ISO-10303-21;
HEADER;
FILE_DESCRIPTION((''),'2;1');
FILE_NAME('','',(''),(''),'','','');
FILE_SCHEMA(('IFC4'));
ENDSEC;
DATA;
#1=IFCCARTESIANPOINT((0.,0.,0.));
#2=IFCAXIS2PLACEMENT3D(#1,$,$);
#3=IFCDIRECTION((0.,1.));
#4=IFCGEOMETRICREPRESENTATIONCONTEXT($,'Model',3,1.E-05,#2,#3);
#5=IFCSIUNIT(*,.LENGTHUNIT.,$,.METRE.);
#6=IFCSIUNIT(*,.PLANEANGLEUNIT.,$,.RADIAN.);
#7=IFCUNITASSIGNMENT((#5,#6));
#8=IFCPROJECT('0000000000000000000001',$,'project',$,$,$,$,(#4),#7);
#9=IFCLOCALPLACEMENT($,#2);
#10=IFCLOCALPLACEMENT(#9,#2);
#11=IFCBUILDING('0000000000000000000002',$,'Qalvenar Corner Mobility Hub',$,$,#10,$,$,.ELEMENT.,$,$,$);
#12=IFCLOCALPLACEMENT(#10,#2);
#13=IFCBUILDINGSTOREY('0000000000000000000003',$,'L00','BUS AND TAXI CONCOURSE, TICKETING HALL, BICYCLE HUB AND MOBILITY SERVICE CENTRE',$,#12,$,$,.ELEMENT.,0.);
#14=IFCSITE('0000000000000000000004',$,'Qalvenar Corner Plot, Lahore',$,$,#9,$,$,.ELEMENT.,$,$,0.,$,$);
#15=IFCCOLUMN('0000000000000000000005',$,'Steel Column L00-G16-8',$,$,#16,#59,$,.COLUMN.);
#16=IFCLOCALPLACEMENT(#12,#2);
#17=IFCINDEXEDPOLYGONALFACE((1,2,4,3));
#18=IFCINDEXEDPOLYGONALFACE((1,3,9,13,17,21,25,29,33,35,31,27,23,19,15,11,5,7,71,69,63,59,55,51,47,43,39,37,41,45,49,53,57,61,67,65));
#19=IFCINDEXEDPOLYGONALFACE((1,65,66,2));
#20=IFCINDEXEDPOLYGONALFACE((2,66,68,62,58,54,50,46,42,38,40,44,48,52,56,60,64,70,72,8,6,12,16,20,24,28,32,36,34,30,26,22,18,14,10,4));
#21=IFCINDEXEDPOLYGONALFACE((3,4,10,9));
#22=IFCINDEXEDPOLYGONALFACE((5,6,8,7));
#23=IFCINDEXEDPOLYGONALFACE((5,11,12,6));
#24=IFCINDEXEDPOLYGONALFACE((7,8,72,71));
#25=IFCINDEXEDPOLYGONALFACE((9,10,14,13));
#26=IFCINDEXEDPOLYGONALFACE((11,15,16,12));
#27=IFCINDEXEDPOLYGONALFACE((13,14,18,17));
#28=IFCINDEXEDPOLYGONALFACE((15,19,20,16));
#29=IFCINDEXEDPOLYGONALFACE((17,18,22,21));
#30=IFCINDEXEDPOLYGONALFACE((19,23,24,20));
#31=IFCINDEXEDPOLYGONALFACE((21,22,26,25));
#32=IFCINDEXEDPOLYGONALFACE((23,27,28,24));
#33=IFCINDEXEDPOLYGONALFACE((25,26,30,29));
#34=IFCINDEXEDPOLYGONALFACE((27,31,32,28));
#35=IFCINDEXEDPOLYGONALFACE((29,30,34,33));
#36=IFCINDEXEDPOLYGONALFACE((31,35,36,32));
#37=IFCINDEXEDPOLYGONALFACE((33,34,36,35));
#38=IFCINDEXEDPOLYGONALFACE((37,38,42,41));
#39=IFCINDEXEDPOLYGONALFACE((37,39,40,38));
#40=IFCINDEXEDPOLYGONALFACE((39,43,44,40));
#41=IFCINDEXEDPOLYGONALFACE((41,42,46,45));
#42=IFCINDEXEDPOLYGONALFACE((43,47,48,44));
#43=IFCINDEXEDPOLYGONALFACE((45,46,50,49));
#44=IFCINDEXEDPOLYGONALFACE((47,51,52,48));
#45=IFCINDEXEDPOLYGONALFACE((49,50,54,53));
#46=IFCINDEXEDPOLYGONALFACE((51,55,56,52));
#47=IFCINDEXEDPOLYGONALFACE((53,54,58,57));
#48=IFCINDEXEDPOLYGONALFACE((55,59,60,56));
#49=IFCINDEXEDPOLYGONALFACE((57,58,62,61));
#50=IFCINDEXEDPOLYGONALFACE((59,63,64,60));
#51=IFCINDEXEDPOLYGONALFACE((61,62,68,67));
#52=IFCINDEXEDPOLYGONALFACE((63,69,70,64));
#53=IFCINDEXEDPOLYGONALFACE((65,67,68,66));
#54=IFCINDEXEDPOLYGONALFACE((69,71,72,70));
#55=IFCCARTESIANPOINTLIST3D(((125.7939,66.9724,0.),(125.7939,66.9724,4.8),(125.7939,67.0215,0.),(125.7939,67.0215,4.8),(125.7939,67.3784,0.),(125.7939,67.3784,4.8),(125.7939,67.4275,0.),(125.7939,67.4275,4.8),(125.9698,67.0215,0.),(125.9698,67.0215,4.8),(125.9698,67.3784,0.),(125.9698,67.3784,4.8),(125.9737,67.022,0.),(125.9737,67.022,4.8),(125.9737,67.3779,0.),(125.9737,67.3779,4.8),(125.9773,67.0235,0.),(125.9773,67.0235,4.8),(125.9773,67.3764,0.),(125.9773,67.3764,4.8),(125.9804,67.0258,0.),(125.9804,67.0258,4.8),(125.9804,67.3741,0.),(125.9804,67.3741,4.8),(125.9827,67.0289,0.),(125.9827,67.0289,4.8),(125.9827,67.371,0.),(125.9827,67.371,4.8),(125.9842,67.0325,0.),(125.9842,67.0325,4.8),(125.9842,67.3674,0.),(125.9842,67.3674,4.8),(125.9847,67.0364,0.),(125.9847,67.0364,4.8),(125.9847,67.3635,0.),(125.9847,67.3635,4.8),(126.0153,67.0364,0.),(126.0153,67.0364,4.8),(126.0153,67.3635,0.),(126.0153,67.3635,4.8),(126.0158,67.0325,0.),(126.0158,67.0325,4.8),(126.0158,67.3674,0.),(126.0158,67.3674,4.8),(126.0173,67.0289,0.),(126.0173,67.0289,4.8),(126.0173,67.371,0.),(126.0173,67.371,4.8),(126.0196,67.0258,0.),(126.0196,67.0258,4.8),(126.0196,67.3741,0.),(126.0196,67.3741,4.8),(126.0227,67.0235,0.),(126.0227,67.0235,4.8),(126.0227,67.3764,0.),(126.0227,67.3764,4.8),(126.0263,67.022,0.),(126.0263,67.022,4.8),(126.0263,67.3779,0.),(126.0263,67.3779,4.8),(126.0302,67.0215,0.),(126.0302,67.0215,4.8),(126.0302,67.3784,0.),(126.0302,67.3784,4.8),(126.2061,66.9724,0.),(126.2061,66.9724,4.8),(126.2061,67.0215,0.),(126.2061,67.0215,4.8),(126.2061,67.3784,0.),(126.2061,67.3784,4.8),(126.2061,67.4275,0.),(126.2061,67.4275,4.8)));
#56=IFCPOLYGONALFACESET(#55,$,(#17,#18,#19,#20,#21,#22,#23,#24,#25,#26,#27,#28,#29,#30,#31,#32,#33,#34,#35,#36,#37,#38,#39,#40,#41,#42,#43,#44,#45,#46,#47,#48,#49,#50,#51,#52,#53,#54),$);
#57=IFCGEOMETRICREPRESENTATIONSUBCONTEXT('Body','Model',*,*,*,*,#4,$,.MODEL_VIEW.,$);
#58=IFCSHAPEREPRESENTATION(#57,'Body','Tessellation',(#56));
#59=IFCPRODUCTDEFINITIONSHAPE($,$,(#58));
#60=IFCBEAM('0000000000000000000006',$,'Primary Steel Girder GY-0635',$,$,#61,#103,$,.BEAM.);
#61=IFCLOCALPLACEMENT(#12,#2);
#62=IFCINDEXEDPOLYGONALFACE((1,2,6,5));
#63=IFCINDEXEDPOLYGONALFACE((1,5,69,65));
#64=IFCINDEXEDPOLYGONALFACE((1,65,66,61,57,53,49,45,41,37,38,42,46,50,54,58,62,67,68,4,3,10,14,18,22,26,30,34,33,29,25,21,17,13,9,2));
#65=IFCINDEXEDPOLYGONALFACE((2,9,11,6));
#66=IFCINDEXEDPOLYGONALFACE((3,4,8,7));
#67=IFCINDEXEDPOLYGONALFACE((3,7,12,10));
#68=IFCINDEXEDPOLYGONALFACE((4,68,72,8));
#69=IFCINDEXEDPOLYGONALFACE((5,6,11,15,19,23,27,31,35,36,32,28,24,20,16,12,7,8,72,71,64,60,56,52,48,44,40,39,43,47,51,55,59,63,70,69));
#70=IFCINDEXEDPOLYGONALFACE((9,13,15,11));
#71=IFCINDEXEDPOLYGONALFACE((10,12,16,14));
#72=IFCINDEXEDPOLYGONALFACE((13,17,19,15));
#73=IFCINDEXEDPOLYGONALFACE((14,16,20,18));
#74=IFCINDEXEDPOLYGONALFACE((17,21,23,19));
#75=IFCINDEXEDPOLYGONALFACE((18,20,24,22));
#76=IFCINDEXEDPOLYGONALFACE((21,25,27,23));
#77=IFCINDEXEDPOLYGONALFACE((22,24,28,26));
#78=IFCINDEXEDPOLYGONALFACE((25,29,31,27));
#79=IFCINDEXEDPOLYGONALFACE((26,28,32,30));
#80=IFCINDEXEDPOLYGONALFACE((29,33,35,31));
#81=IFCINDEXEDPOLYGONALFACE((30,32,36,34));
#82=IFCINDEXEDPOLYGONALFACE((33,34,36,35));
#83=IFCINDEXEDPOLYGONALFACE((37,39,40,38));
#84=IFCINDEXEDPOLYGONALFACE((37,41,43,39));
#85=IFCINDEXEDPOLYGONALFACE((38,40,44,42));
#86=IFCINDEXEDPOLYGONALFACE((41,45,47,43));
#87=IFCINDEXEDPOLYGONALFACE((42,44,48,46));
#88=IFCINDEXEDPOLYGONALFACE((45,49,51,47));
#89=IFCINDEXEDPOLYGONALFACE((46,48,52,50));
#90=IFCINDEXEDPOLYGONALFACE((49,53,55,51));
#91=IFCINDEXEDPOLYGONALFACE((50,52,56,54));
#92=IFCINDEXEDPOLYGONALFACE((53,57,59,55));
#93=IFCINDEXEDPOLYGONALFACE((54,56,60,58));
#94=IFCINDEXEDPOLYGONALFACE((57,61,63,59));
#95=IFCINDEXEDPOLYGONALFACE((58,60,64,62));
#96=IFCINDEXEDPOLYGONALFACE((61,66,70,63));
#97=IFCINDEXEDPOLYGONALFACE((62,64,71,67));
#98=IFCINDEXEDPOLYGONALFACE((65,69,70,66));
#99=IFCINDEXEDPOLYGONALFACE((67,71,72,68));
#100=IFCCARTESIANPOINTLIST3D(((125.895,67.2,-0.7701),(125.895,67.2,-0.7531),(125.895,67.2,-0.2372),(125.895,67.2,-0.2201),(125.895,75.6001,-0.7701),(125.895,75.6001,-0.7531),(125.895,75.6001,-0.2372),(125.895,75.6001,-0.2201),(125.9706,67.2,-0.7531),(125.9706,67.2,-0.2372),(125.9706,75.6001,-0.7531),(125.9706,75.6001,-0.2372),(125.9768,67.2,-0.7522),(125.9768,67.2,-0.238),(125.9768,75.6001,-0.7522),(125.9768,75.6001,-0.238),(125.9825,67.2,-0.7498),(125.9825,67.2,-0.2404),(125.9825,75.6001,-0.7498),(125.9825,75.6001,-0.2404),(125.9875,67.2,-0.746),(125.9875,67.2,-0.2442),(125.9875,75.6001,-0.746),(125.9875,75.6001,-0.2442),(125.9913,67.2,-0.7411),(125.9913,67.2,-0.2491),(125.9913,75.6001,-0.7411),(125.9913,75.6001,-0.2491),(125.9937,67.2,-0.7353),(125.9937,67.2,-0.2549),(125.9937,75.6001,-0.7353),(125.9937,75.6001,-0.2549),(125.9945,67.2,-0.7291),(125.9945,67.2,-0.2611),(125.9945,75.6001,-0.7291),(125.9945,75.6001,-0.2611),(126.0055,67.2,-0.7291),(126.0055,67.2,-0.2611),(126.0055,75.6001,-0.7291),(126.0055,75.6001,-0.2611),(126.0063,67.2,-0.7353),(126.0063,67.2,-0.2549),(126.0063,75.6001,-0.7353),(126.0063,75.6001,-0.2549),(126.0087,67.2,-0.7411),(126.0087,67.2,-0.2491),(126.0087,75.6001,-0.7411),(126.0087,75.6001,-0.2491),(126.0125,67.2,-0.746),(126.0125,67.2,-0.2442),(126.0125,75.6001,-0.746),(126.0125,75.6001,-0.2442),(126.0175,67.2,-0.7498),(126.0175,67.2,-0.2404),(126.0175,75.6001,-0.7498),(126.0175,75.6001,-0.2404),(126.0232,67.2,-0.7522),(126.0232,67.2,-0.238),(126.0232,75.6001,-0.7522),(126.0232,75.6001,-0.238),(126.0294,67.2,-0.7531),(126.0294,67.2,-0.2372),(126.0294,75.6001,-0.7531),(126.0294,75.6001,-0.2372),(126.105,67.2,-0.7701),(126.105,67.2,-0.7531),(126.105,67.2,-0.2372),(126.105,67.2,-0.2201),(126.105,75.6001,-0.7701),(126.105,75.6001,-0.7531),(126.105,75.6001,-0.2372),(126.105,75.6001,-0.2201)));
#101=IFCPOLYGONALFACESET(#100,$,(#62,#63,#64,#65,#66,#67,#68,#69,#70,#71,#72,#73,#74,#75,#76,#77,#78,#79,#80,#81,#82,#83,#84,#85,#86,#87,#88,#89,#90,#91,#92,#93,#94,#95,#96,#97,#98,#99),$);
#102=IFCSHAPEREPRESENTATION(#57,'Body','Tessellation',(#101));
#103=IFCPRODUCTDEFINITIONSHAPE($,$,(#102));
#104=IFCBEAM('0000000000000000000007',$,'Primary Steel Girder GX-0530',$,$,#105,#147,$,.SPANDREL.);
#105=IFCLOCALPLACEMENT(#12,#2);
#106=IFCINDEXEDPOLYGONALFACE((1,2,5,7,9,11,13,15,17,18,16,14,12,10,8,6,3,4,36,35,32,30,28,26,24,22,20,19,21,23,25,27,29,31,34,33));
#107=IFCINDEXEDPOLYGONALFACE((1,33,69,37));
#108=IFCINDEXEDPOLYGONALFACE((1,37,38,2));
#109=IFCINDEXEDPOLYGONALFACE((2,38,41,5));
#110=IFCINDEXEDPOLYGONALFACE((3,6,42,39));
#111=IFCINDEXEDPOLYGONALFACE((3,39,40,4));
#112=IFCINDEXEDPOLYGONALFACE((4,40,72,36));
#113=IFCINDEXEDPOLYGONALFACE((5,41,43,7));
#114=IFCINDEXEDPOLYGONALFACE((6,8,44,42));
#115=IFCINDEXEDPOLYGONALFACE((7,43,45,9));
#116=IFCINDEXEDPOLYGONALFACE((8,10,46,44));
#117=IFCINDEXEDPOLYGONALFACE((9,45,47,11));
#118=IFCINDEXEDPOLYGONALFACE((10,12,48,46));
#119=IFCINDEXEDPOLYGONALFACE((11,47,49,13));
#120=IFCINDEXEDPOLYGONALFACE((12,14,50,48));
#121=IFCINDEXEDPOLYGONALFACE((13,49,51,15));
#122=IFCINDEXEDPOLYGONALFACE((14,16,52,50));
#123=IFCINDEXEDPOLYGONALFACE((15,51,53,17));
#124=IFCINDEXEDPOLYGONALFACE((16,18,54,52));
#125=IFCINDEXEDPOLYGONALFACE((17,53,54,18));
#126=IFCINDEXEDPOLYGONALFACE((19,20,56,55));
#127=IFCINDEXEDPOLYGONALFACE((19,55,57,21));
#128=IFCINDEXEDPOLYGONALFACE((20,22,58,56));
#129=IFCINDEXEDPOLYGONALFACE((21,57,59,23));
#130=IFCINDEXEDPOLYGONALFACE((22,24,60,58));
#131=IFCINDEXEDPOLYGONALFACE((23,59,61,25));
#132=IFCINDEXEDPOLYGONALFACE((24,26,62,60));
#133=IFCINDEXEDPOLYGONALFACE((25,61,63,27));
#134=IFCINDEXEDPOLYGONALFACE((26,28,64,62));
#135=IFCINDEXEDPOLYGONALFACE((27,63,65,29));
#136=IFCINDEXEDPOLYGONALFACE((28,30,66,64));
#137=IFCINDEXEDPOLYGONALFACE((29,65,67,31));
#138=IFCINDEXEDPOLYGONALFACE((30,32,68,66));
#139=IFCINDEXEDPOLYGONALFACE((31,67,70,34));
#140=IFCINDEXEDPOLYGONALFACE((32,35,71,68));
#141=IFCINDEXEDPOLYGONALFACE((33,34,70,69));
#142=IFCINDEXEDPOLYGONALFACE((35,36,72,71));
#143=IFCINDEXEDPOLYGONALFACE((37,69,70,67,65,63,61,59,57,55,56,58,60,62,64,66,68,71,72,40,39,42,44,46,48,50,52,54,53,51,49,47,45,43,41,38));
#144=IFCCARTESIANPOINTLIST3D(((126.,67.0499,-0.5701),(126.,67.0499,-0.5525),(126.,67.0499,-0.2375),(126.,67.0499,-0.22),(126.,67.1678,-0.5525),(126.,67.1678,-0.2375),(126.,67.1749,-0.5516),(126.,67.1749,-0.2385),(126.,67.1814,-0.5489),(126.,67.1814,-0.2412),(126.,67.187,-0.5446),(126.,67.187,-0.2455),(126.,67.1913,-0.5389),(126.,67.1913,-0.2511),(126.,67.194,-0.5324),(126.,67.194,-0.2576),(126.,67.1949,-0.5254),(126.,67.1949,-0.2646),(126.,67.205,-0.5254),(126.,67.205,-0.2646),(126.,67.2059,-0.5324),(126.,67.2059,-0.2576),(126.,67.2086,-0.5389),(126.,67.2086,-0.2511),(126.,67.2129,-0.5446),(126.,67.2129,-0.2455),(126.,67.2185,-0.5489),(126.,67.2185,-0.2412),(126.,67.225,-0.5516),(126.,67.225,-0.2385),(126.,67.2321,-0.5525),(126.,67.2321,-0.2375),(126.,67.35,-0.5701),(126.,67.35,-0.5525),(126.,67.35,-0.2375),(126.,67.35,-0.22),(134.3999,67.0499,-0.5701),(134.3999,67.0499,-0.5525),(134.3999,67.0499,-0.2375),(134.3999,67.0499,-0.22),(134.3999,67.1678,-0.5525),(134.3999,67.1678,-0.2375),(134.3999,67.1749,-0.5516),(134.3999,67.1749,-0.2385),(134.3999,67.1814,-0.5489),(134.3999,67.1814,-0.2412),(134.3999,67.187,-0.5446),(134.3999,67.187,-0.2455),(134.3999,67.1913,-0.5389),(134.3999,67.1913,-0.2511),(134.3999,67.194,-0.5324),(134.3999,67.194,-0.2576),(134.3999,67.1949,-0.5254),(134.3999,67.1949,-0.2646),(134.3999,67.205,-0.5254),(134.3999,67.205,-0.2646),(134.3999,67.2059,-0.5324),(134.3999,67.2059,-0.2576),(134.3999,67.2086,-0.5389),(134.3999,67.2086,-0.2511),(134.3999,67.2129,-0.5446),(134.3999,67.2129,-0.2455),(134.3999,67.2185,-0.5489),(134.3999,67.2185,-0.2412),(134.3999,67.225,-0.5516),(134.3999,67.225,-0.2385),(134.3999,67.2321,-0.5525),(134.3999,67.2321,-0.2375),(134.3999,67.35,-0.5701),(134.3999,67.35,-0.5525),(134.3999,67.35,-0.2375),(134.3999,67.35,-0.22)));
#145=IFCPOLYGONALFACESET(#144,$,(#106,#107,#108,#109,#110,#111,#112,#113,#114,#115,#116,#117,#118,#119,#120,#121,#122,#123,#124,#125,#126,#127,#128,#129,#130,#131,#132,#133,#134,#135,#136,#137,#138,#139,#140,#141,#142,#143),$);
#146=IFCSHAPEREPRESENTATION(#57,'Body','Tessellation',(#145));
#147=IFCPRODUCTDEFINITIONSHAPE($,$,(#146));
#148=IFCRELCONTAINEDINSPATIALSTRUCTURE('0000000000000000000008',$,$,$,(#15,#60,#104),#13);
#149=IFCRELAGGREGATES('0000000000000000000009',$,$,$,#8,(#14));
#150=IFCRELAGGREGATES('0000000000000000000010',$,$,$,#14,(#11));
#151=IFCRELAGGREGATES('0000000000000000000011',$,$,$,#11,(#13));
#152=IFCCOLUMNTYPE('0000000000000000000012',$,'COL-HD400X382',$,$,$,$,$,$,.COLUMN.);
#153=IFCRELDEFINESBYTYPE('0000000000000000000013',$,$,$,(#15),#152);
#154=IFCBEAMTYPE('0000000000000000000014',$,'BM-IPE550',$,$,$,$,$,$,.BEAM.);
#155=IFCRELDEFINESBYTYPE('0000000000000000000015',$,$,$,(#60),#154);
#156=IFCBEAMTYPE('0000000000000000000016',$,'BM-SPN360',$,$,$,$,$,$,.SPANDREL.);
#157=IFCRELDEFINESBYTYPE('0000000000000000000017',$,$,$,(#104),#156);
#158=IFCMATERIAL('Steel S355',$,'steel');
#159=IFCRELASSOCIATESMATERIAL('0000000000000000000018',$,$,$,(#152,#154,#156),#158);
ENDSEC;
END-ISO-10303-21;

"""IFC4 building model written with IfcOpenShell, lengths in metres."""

from ifc_helpers import new_model, si_unit, direction, frame, origin, origin_2d, place, context, subcontext, project, spatial, i_section, extrude, material, material_profile, profile_set, type_object, element, save


model = new_model("IFC4")

# Units and contexts
model_context = context("Model", 3, precision=1e-05, world=origin(), true_north=direction((0.0, 1.0)))
body_context = subcontext(model_context, "Body", "Model", "MODEL_VIEW")
ifc_project = project(units=[si_unit("LENGTHUNIT", "METRE"), si_unit("PLANEANGLEUNIT", "RADIAN")], contexts=[model_context])

# Site, building, storey
site_placement = place(None, origin())
site = spatial("IfcSite", under=ifc_project, at=site_placement, Name="Qalvenar Corner Plot, Lahore", CompositionType="ELEMENT", RefElevation=0.0)
building_placement = place(site_placement, origin())
building = spatial("IfcBuilding", under=site, at=building_placement, Name="Qalvenar Corner Mobility Hub", CompositionType="ELEMENT")
storey_placement = place(building_placement, origin())
storey = spatial("IfcBuildingStorey", under=building, at=storey_placement, Name="L00", Description="BUS AND TAXI CONCOURSE, TICKETING HALL, BICYCLE HUB AND MOBILITY SERVICE CENTRE", CompositionType="ELEMENT", Elevation=0.0)

# Column
ifc_material_1 = material(Name="Steel S355", Category="steel")
ifc_material_profile_1 = material_profile(ifc_material_1, i_section(OverallWidth=0.4121, OverallDepth=0.4551, WebThickness=0.0305, FlangeThickness=0.0491, FilletRadius=0.0149, at=origin_2d()), Name="HD400x421")
ifc_profile_set_1 = profile_set([ifc_material_profile_1], Name="Steel S355")
column_type = type_object("IfcColumnType", Name="COL-HD400X382", PredefinedType="COLUMN", material=ifc_profile_set_1)
column_placement = place(storey_placement, frame((126.0, 67.2, 0.0), z_axis=(0.0, 0.0, 1.0), x_axis=(1.0, 0.0, 0.0)))
element("IfcColumn", 1, at=column_placement, inside=storey, type_object=column_type, Name="Steel Column L00-G16-8", PredefinedType="COLUMN", context=body_context, shape_type="SweptSolid", body=[
    extrude(i_section(OverallWidth=0.4121, OverallDepth=0.4551, WebThickness=0.0305, FlangeThickness=0.0491, FilletRadius=0.0149, at=origin_2d()), origin(), (0.0, 0.0, 1.0), 4.8),
])

# Beams
ifc_material_profile_2 = material_profile(ifc_material_1, i_section(OverallWidth=0.21, OverallDepth=0.55, WebThickness=0.011, FlangeThickness=0.0171, FilletRadius=0.0239, at=origin_2d()), Name="IPE550")
ifc_profile_set_2 = profile_set([ifc_material_profile_2], Name="Steel S355")
beam_type_1 = type_object("IfcBeamType", Name="BM-IPE550", PredefinedType="BEAM", material=ifc_profile_set_2)
beam_1_placement = place(storey_placement, frame((126.0, 67.2, -0.4951), z_axis=(0.0, 1.0, 0.0), x_axis=(-1.0, 0.0, 0.0)))
element("IfcBeam", 2, at=beam_1_placement, inside=storey, type_object=beam_type_1, Name="Primary Steel Girder GY-0635", PredefinedType="BEAM", context=body_context, shape_type="SweptSolid", body=[
    extrude(i_section(OverallWidth=0.21, OverallDepth=0.55, WebThickness=0.011, FlangeThickness=0.0171, FilletRadius=0.0239, at=origin_2d()), origin(), (0.0, 0.0, 1.0), 8.4001),
])
ifc_material_profile_3 = material_profile(ifc_material_1, i_section(OverallWidth=0.3, OverallDepth=0.3501, WebThickness=0.01, FlangeThickness=0.0176, FilletRadius=0.0271, at=origin_2d()), Name="HEA360")
ifc_profile_set_3 = profile_set([ifc_material_profile_3], Name="Steel S355")
beam_type_2 = type_object("IfcBeamType", Name="BM-SPN360", PredefinedType="SPANDREL", material=ifc_profile_set_3)
beam_2_placement = place(storey_placement, frame((126.0, 67.2, -0.395), z_axis=(1.0, 0.0, 0.0), x_axis=(0.0, 1.0, 0.0)))
element("IfcBeam", 3, at=beam_2_placement, inside=storey, type_object=beam_type_2, Name="Primary Steel Girder GX-0530", PredefinedType="SPANDREL", context=body_context, shape_type="SweptSolid", body=[
    extrude(i_section(OverallWidth=0.3, OverallDepth=0.3501, WebThickness=0.01, FlangeThickness=0.0176, FilletRadius=0.0271, at=origin_2d()), origin(), (0.0, 0.0, 1.0), 8.3999),
])

save(model, "model.ifc")
